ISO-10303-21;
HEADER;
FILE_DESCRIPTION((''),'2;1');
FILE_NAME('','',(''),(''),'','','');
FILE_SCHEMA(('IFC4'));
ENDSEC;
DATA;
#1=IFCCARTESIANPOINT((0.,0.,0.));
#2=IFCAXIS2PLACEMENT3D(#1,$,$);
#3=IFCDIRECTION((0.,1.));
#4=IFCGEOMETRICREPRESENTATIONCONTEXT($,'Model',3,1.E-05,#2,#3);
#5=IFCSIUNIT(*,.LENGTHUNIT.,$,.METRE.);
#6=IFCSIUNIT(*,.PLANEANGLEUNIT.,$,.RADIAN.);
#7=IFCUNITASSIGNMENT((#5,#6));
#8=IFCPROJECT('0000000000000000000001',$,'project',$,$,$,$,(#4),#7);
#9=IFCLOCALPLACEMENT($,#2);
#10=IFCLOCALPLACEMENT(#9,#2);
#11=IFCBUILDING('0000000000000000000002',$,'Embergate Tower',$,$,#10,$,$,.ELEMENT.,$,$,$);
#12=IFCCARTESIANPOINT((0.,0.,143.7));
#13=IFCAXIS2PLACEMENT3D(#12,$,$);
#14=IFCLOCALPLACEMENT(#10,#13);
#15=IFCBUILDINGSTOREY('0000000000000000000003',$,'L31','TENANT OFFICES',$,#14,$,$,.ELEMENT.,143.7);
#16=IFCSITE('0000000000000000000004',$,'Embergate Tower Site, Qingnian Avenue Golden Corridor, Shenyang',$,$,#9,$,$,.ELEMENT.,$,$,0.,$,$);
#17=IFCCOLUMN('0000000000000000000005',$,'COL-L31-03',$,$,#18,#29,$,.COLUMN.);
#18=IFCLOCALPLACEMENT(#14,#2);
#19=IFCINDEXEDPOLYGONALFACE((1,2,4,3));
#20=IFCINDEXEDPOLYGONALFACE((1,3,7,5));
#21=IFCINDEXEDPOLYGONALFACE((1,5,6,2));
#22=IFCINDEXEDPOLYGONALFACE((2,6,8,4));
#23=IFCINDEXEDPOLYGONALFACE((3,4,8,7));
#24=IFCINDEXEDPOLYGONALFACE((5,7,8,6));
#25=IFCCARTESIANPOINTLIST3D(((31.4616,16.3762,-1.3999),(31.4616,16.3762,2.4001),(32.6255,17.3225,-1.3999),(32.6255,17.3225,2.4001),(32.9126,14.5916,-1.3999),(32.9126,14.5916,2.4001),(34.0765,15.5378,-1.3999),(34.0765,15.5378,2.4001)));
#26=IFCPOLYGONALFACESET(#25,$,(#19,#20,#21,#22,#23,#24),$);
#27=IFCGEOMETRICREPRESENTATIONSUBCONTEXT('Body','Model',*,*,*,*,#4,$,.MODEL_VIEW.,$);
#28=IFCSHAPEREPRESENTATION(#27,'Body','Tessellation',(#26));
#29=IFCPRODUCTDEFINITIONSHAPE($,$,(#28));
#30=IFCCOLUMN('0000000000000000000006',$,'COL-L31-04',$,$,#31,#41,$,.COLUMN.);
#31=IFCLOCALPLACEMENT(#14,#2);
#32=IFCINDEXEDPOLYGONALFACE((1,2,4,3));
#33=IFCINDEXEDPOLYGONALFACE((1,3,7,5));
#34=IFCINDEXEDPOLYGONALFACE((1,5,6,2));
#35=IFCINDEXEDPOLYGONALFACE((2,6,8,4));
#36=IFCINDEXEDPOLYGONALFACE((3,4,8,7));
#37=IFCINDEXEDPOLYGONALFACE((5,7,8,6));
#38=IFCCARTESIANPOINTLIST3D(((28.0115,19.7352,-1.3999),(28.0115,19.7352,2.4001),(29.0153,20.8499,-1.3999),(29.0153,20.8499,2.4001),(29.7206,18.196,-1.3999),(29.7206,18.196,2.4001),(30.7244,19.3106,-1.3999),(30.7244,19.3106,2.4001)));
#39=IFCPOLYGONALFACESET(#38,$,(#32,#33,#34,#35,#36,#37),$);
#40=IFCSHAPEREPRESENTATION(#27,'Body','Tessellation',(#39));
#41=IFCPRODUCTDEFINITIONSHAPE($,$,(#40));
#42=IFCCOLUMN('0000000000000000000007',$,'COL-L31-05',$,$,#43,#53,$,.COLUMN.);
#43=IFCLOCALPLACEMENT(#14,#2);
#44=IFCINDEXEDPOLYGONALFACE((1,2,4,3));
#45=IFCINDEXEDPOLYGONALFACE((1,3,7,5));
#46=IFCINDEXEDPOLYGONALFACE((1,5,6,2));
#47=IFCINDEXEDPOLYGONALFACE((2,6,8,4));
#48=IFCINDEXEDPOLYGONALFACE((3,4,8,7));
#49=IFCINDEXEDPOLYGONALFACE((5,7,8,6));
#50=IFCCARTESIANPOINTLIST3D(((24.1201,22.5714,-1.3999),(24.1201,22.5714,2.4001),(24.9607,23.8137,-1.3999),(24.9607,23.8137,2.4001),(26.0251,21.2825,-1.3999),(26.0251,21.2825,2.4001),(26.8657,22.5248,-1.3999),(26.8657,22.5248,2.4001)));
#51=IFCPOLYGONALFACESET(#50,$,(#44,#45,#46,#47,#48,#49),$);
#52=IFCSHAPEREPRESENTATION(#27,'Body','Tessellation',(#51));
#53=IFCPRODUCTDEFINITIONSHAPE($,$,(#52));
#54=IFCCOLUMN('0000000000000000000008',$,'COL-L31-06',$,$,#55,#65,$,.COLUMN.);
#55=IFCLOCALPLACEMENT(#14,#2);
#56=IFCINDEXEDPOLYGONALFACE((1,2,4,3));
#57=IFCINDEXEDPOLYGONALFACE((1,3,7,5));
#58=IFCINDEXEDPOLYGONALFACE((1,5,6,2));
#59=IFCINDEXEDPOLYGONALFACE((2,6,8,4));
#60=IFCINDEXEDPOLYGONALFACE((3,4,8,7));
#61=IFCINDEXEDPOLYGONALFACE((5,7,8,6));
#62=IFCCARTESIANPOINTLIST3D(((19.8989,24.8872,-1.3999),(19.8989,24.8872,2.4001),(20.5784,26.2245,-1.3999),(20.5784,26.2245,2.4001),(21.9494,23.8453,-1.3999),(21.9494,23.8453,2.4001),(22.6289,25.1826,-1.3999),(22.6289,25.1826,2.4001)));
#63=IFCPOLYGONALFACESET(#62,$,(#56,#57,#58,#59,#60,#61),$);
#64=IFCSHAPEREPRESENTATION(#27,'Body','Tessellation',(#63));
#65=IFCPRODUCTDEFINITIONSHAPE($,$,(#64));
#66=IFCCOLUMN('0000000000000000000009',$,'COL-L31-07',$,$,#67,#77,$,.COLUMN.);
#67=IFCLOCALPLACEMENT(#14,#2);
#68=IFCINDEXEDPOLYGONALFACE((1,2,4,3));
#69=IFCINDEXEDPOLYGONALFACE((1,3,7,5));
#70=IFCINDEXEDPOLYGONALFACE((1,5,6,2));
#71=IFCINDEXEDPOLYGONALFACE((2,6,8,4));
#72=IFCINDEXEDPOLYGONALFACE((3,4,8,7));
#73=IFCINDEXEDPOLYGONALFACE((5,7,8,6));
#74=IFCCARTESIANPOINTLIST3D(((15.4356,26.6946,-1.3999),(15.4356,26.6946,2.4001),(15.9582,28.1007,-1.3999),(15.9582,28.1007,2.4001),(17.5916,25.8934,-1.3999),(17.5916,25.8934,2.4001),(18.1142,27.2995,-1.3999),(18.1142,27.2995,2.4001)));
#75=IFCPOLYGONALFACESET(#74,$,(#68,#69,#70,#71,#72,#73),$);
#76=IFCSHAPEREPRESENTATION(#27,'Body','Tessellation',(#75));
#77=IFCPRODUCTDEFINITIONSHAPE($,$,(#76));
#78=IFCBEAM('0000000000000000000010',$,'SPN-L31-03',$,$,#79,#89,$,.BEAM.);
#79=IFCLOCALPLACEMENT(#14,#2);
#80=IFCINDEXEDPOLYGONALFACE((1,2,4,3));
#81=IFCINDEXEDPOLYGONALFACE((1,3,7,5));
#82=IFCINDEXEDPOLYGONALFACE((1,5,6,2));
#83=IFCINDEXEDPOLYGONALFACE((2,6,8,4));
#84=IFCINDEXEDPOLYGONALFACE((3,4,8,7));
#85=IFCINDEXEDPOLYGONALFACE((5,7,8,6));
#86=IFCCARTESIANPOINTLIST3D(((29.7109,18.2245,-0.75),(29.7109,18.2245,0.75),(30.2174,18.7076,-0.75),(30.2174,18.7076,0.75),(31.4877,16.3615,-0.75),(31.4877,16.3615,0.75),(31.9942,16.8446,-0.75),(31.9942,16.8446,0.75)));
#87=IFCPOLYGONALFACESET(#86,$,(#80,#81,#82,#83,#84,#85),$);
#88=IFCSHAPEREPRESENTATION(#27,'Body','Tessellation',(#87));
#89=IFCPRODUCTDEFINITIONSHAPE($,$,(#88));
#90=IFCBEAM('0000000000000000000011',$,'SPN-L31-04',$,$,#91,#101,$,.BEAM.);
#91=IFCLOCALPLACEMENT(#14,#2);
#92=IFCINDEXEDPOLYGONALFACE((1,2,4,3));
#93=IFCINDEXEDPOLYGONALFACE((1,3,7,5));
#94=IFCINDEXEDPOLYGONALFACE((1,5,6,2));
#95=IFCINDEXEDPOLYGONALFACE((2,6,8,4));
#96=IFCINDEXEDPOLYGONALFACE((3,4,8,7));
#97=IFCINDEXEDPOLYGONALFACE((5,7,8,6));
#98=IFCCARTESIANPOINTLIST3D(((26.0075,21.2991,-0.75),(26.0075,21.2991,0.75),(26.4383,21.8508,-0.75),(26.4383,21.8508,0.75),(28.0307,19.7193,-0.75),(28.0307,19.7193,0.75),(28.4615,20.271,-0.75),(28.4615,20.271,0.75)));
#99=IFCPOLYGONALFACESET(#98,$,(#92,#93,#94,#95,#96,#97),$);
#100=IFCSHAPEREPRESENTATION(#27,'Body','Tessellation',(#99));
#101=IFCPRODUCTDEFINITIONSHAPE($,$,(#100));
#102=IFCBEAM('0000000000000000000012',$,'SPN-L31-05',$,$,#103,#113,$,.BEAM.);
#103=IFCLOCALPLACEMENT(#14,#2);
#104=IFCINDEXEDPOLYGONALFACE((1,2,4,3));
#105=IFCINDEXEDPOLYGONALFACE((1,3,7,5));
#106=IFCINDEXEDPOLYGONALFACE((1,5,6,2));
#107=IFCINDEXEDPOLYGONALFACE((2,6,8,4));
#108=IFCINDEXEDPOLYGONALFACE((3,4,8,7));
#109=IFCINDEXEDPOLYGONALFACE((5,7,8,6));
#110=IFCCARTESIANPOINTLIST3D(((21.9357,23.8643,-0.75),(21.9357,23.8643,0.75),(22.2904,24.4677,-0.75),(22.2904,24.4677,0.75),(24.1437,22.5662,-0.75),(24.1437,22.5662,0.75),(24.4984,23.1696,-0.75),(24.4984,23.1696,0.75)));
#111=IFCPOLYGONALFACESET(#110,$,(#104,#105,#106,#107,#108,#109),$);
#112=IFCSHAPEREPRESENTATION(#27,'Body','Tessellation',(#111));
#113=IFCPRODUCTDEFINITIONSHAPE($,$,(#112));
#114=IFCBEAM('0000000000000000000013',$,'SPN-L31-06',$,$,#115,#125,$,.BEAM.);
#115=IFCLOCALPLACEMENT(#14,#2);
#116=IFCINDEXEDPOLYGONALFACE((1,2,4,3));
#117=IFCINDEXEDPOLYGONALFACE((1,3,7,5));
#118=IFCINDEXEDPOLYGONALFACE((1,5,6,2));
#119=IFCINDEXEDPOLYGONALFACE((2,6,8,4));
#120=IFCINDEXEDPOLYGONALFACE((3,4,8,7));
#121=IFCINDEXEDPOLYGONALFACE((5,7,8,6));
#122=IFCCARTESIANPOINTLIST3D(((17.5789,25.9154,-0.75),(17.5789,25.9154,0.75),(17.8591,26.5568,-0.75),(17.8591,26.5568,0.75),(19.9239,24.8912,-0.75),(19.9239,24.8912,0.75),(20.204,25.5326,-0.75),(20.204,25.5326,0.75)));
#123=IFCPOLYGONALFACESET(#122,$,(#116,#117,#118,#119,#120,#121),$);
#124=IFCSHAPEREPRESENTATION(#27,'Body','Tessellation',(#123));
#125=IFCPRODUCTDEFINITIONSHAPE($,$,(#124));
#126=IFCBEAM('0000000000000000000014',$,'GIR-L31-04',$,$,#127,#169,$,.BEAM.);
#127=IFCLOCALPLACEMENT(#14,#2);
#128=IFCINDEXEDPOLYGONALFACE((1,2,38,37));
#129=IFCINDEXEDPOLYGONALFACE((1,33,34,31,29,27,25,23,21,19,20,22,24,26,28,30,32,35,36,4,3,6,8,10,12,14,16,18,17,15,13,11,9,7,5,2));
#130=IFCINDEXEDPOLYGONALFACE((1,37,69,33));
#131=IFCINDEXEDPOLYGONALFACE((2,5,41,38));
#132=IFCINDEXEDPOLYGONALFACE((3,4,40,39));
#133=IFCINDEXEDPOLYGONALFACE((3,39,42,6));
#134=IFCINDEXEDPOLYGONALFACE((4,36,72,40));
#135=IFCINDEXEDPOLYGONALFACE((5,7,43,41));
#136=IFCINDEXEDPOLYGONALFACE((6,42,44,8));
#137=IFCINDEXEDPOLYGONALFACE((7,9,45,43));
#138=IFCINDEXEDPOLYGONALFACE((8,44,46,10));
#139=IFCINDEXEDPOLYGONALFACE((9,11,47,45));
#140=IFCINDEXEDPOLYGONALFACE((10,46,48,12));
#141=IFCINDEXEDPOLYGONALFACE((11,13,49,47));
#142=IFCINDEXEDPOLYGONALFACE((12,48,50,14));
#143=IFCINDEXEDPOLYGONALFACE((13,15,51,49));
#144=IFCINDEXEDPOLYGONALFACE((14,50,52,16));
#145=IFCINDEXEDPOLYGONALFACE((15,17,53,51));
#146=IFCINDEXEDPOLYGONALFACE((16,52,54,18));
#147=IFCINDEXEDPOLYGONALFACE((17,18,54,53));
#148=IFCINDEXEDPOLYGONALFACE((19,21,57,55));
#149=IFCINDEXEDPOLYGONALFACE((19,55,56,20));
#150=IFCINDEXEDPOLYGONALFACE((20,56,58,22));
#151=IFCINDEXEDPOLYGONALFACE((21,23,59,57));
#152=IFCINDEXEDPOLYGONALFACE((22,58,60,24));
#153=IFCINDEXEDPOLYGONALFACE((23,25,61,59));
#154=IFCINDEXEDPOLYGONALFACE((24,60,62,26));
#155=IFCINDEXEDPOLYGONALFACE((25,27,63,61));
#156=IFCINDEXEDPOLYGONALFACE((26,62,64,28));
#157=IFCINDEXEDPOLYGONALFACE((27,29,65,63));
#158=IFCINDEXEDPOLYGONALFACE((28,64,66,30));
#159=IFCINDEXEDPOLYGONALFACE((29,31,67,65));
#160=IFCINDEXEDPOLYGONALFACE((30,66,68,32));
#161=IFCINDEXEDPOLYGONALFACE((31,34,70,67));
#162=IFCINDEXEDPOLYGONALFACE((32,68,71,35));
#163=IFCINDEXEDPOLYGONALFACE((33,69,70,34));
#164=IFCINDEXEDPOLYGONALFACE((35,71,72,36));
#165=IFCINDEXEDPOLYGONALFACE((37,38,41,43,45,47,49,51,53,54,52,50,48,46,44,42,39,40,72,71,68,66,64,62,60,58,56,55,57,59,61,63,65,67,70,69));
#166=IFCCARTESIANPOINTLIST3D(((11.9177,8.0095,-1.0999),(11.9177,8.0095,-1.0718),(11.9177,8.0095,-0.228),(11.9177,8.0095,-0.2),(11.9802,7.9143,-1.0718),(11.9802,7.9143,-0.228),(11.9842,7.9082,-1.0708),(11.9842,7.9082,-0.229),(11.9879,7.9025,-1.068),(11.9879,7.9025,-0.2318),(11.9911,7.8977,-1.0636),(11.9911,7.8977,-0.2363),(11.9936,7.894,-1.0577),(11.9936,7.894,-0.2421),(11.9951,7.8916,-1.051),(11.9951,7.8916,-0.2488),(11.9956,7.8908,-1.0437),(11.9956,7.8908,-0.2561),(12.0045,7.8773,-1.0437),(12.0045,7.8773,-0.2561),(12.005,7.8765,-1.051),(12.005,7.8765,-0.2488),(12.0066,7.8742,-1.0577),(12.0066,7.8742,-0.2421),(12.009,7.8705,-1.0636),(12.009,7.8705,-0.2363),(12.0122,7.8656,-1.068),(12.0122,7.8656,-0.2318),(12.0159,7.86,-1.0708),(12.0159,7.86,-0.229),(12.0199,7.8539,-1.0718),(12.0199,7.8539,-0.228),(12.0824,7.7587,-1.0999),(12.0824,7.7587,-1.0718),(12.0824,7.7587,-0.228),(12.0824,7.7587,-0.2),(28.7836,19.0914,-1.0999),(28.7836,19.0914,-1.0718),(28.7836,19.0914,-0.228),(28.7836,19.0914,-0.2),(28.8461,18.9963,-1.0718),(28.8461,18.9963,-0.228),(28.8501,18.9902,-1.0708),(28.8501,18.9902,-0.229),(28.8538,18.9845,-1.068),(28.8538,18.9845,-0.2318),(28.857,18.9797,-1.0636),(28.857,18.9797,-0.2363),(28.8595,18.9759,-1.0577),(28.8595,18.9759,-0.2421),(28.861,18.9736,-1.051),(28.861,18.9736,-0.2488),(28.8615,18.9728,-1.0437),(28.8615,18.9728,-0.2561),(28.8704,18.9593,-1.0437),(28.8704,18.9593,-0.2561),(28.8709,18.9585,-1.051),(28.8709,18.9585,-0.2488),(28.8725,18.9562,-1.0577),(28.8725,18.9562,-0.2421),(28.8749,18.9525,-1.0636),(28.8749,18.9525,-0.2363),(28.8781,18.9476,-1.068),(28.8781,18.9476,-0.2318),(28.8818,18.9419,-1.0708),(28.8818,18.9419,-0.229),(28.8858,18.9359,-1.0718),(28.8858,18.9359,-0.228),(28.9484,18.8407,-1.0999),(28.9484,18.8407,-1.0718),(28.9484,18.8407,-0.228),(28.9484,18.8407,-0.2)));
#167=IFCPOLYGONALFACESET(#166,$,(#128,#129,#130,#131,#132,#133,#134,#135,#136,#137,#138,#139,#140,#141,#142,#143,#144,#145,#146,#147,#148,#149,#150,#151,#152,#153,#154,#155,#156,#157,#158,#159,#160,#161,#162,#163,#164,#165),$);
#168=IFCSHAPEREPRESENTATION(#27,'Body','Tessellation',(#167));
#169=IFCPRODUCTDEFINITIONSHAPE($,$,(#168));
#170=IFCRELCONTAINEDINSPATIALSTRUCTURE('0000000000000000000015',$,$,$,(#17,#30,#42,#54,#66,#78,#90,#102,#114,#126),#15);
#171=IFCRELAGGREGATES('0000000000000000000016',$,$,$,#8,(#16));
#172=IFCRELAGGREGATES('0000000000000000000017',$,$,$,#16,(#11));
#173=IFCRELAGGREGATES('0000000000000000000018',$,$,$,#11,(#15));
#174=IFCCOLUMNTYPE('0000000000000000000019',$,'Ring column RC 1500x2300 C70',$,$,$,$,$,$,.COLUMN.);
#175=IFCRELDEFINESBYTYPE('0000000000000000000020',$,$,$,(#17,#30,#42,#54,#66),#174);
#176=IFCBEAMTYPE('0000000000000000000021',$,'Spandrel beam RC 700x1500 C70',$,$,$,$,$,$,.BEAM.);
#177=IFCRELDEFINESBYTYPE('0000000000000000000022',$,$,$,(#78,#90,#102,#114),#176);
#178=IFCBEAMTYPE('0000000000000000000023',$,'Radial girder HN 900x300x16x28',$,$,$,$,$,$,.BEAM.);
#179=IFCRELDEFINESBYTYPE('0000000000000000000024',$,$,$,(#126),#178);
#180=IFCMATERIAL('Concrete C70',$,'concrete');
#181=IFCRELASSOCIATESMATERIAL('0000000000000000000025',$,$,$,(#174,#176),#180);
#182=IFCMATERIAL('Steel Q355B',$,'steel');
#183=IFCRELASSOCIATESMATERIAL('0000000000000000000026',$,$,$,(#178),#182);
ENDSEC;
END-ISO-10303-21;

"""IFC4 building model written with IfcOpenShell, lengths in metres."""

from ifc_helpers import new_model, si_unit, direction, frame, origin, origin_2d, place, context, subcontext, project, spatial, rectangle, i_section, extrude, source, transform, mapped, material, material_profile, profile_set, type_object, element, save


model = new_model("IFC4")

# Units and contexts
model_context = context("Model", 3, precision=1e-05, world=origin(), true_north=direction((0.0, 1.0)))
body_context = subcontext(model_context, "Body", "Model", "MODEL_VIEW")
ifc_project = project(units=[si_unit("LENGTHUNIT", "METRE"), si_unit("PLANEANGLEUNIT", "RADIAN")], contexts=[model_context])

# Site, building, storey
site_placement = place(None, origin())
site = spatial("IfcSite", under=ifc_project, at=site_placement, Name="Embergate Tower Site, Qingnian Avenue Golden Corridor, Shenyang", CompositionType="ELEMENT", RefElevation=0.0)
building_placement = place(site_placement, origin())
building = spatial("IfcBuilding", under=site, at=building_placement, Name="Embergate Tower", CompositionType="ELEMENT")
storey_placement = place(building_placement, frame((0.0, 0.0, 143.7)))
storey = spatial("IfcBuildingStorey", under=building, at=storey_placement, Name="L31", Description="TENANT OFFICES", CompositionType="ELEMENT", Elevation=143.7)

# Columns
ifc_material_1 = material(Name="Concrete C70", Category="concrete")
ifc_material_profile_1 = material_profile(ifc_material_1, rectangle(XDim=1.5, YDim=2.3, at=origin_2d()), Name="RC 1500x2300")
ifc_profile_set_1 = profile_set([ifc_material_profile_1], Name="Concrete C70")
column_type = type_object("IfcColumnType", Name="Ring column RC 1500x2300 C70", PredefinedType="COLUMN", material=ifc_profile_set_1)
shared_shape_1 = source(origin(), body_context, "Body", "SweptSolid", [
    extrude(rectangle(XDim=1.5, YDim=2.3, at=origin_2d()), origin(), (0.0, 0.0, 1.0), 3.8),
])
for number, where, z_axis, x_axis, name in (
    (1, (32.769, 15.957, -1.3999), (0.0, 0.0, 1.0), (0.775914, 0.630838, 0.0), "COL-L31-03"),
    (2, (29.3679, 19.5229, -1.3999), (0.0, 0.0, 1.0), (0.669208, 0.743075, 0.0), "COL-L31-04"),
    (3, (25.4929, 22.5481, -1.3999), (0.0, 0.0, 1.0), (0.560393, 0.828227, 0.0), "COL-L31-05"),
    (4, (21.2639, 25.0349, -1.3999), (0.0, 0.0, 1.0), (0.452995, 0.891513, 0.0), "COL-L31-06"),
    (5, (16.7749, 26.9971, -1.3999), (0.0, 0.0, 1.0), (0.348343, 0.937367, 0.0), "COL-L31-07"),
):
    element("IfcColumn", number, at=place(storey_placement, frame(where, z_axis=z_axis, x_axis=x_axis)), inside=storey, type_object=column_type, Name=name, PredefinedType="COLUMN", context=body_context, shape_type="MappedRepresentation", body=[
        mapped(shared_shape_1, transform((0.0, 0.0, 0.0))),
    ])

# Beams
ifc_material_profile_2 = material_profile(ifc_material_1, rectangle(XDim=0.7, YDim=1.5, at=origin_2d()), Name="RC 700x1500")
ifc_profile_set_2 = profile_set([ifc_material_profile_2], Name="Concrete C70")
beam_type_1 = type_object("IfcBeamType", Name="Spandrel beam RC 700x1500 C70", PredefinedType="BEAM", material=ifc_profile_set_2)
shared_shape_2 = source(origin(), body_context, "Body", "SweptSolid", [
    extrude(rectangle(XDim=0.7, YDim=1.5, at=origin_2d()), origin(), (0.0, 0.0, 1.0), 2.5745),
])
beam_1_placement = place(storey_placement, frame((31.741, 16.603, 0.0), z_axis=(-0.690171, 0.723646, 0.0), x_axis=(-0.723646, -0.690171, 0.0)))
element("IfcBeam", 6, at=beam_1_placement, inside=storey, type_object=beam_type_1, Name="SPN-L31-03", PredefinedType="BEAM", context=body_context, shape_type="MappedRepresentation", body=[
    mapped(shared_shape_2, transform((0.0, 0.0, 0.0))),
])
shared_shape_3 = source(origin(), body_context, "Body", "SweptSolid", [
    extrude(rectangle(XDim=0.7, YDim=1.5, at=origin_2d()), origin(), (0.0, 0.0, 1.0), 2.5669),
])
beam_2_placement = place(storey_placement, frame((28.2461, 19.9951, 0.0), z_axis=(-0.788173, 0.615454, 0.0), x_axis=(-0.615454, -0.788173, 0.0)))
element("IfcBeam", 7, at=beam_2_placement, inside=storey, type_object=beam_type_1, Name="SPN-L31-04", PredefinedType="BEAM", context=body_context, shape_type="MappedRepresentation", body=[
    mapped(shared_shape_3, transform((0.0, 0.0, 0.0))),
])
shared_shape_4 = source(origin(), body_context, "Body", "SweptSolid", [
    extrude(rectangle(XDim=0.7, YDim=1.5, at=origin_2d()), origin(), (0.0, 0.0, 1.0), 2.5613),
])
beam_3_placement = place(storey_placement, frame((24.321, 22.8679, 0.0), z_axis=(-0.862059, 0.506808, 0.0), x_axis=(-0.506808, -0.862059, 0.0)))
element("IfcBeam", 8, at=beam_3_placement, inside=storey, type_object=beam_type_1, Name="SPN-L31-05", PredefinedType="BEAM", context=body_context, shape_type="MappedRepresentation", body=[
    mapped(shared_shape_4, transform((0.0, 0.0, 0.0))),
])
shared_shape_5 = source(origin(), body_context, "Body", "SweptSolid", [
    extrude(rectangle(XDim=0.7, YDim=1.5, at=origin_2d()), origin(), (0.0, 0.0, 1.0), 2.5588),
])
beam_4_placement = place(storey_placement, frame((20.064, 25.2119, 0.0), z_axis=(-0.916409, 0.400243, 0.0), x_axis=(-0.400243, -0.916409, 0.0)))
element("IfcBeam", 9, at=beam_4_placement, inside=storey, type_object=beam_type_1, Name="SPN-L31-06", PredefinedType="BEAM", context=body_context, shape_type="MappedRepresentation", body=[
    mapped(shared_shape_5, transform((0.0, 0.0, 0.0))),
])
ifc_material_2 = material(Name="Steel Q355B", Category="steel")
ifc_material_profile_3 = material_profile(ifc_material_2, i_section(OverallWidth=0.3, OverallDepth=0.8999, WebThickness=0.0161, FlangeThickness=0.0281, FilletRadius=0.0281, at=origin_2d()), Name="HN 900x300x16x28")
ifc_profile_set_3 = profile_set([ifc_material_profile_3], Name="Steel Q355 grade B")
beam_type_2 = type_object("IfcBeamType", Name="Radial girder HN 900x300x16x28", PredefinedType="BEAM", material=ifc_profile_set_3)
shared_shape_6 = source(origin(), body_context, "Body", "SweptSolid", [
    extrude(i_section(OverallWidth=0.3, OverallDepth=0.8999, WebThickness=0.0161, FlangeThickness=0.0281, FilletRadius=0.0281, at=origin_2d()), origin(), (0.0, 0.0, 1.0), 20.1809),
])
beam_5_placement = place(storey_placement, frame((28.866, 18.9661, -0.6499), z_axis=(-0.835735, -0.549132, 0.0), x_axis=(0.549132, -0.835735, 0.0)))
element("IfcBeam", 10, at=beam_5_placement, inside=storey, type_object=beam_type_2, Name="GIR-L31-04", PredefinedType="BEAM", context=body_context, shape_type="MappedRepresentation", body=[
    mapped(shared_shape_6, transform((0.0, 0.0, 0.0))),
])

save(model, "model.ifc")
